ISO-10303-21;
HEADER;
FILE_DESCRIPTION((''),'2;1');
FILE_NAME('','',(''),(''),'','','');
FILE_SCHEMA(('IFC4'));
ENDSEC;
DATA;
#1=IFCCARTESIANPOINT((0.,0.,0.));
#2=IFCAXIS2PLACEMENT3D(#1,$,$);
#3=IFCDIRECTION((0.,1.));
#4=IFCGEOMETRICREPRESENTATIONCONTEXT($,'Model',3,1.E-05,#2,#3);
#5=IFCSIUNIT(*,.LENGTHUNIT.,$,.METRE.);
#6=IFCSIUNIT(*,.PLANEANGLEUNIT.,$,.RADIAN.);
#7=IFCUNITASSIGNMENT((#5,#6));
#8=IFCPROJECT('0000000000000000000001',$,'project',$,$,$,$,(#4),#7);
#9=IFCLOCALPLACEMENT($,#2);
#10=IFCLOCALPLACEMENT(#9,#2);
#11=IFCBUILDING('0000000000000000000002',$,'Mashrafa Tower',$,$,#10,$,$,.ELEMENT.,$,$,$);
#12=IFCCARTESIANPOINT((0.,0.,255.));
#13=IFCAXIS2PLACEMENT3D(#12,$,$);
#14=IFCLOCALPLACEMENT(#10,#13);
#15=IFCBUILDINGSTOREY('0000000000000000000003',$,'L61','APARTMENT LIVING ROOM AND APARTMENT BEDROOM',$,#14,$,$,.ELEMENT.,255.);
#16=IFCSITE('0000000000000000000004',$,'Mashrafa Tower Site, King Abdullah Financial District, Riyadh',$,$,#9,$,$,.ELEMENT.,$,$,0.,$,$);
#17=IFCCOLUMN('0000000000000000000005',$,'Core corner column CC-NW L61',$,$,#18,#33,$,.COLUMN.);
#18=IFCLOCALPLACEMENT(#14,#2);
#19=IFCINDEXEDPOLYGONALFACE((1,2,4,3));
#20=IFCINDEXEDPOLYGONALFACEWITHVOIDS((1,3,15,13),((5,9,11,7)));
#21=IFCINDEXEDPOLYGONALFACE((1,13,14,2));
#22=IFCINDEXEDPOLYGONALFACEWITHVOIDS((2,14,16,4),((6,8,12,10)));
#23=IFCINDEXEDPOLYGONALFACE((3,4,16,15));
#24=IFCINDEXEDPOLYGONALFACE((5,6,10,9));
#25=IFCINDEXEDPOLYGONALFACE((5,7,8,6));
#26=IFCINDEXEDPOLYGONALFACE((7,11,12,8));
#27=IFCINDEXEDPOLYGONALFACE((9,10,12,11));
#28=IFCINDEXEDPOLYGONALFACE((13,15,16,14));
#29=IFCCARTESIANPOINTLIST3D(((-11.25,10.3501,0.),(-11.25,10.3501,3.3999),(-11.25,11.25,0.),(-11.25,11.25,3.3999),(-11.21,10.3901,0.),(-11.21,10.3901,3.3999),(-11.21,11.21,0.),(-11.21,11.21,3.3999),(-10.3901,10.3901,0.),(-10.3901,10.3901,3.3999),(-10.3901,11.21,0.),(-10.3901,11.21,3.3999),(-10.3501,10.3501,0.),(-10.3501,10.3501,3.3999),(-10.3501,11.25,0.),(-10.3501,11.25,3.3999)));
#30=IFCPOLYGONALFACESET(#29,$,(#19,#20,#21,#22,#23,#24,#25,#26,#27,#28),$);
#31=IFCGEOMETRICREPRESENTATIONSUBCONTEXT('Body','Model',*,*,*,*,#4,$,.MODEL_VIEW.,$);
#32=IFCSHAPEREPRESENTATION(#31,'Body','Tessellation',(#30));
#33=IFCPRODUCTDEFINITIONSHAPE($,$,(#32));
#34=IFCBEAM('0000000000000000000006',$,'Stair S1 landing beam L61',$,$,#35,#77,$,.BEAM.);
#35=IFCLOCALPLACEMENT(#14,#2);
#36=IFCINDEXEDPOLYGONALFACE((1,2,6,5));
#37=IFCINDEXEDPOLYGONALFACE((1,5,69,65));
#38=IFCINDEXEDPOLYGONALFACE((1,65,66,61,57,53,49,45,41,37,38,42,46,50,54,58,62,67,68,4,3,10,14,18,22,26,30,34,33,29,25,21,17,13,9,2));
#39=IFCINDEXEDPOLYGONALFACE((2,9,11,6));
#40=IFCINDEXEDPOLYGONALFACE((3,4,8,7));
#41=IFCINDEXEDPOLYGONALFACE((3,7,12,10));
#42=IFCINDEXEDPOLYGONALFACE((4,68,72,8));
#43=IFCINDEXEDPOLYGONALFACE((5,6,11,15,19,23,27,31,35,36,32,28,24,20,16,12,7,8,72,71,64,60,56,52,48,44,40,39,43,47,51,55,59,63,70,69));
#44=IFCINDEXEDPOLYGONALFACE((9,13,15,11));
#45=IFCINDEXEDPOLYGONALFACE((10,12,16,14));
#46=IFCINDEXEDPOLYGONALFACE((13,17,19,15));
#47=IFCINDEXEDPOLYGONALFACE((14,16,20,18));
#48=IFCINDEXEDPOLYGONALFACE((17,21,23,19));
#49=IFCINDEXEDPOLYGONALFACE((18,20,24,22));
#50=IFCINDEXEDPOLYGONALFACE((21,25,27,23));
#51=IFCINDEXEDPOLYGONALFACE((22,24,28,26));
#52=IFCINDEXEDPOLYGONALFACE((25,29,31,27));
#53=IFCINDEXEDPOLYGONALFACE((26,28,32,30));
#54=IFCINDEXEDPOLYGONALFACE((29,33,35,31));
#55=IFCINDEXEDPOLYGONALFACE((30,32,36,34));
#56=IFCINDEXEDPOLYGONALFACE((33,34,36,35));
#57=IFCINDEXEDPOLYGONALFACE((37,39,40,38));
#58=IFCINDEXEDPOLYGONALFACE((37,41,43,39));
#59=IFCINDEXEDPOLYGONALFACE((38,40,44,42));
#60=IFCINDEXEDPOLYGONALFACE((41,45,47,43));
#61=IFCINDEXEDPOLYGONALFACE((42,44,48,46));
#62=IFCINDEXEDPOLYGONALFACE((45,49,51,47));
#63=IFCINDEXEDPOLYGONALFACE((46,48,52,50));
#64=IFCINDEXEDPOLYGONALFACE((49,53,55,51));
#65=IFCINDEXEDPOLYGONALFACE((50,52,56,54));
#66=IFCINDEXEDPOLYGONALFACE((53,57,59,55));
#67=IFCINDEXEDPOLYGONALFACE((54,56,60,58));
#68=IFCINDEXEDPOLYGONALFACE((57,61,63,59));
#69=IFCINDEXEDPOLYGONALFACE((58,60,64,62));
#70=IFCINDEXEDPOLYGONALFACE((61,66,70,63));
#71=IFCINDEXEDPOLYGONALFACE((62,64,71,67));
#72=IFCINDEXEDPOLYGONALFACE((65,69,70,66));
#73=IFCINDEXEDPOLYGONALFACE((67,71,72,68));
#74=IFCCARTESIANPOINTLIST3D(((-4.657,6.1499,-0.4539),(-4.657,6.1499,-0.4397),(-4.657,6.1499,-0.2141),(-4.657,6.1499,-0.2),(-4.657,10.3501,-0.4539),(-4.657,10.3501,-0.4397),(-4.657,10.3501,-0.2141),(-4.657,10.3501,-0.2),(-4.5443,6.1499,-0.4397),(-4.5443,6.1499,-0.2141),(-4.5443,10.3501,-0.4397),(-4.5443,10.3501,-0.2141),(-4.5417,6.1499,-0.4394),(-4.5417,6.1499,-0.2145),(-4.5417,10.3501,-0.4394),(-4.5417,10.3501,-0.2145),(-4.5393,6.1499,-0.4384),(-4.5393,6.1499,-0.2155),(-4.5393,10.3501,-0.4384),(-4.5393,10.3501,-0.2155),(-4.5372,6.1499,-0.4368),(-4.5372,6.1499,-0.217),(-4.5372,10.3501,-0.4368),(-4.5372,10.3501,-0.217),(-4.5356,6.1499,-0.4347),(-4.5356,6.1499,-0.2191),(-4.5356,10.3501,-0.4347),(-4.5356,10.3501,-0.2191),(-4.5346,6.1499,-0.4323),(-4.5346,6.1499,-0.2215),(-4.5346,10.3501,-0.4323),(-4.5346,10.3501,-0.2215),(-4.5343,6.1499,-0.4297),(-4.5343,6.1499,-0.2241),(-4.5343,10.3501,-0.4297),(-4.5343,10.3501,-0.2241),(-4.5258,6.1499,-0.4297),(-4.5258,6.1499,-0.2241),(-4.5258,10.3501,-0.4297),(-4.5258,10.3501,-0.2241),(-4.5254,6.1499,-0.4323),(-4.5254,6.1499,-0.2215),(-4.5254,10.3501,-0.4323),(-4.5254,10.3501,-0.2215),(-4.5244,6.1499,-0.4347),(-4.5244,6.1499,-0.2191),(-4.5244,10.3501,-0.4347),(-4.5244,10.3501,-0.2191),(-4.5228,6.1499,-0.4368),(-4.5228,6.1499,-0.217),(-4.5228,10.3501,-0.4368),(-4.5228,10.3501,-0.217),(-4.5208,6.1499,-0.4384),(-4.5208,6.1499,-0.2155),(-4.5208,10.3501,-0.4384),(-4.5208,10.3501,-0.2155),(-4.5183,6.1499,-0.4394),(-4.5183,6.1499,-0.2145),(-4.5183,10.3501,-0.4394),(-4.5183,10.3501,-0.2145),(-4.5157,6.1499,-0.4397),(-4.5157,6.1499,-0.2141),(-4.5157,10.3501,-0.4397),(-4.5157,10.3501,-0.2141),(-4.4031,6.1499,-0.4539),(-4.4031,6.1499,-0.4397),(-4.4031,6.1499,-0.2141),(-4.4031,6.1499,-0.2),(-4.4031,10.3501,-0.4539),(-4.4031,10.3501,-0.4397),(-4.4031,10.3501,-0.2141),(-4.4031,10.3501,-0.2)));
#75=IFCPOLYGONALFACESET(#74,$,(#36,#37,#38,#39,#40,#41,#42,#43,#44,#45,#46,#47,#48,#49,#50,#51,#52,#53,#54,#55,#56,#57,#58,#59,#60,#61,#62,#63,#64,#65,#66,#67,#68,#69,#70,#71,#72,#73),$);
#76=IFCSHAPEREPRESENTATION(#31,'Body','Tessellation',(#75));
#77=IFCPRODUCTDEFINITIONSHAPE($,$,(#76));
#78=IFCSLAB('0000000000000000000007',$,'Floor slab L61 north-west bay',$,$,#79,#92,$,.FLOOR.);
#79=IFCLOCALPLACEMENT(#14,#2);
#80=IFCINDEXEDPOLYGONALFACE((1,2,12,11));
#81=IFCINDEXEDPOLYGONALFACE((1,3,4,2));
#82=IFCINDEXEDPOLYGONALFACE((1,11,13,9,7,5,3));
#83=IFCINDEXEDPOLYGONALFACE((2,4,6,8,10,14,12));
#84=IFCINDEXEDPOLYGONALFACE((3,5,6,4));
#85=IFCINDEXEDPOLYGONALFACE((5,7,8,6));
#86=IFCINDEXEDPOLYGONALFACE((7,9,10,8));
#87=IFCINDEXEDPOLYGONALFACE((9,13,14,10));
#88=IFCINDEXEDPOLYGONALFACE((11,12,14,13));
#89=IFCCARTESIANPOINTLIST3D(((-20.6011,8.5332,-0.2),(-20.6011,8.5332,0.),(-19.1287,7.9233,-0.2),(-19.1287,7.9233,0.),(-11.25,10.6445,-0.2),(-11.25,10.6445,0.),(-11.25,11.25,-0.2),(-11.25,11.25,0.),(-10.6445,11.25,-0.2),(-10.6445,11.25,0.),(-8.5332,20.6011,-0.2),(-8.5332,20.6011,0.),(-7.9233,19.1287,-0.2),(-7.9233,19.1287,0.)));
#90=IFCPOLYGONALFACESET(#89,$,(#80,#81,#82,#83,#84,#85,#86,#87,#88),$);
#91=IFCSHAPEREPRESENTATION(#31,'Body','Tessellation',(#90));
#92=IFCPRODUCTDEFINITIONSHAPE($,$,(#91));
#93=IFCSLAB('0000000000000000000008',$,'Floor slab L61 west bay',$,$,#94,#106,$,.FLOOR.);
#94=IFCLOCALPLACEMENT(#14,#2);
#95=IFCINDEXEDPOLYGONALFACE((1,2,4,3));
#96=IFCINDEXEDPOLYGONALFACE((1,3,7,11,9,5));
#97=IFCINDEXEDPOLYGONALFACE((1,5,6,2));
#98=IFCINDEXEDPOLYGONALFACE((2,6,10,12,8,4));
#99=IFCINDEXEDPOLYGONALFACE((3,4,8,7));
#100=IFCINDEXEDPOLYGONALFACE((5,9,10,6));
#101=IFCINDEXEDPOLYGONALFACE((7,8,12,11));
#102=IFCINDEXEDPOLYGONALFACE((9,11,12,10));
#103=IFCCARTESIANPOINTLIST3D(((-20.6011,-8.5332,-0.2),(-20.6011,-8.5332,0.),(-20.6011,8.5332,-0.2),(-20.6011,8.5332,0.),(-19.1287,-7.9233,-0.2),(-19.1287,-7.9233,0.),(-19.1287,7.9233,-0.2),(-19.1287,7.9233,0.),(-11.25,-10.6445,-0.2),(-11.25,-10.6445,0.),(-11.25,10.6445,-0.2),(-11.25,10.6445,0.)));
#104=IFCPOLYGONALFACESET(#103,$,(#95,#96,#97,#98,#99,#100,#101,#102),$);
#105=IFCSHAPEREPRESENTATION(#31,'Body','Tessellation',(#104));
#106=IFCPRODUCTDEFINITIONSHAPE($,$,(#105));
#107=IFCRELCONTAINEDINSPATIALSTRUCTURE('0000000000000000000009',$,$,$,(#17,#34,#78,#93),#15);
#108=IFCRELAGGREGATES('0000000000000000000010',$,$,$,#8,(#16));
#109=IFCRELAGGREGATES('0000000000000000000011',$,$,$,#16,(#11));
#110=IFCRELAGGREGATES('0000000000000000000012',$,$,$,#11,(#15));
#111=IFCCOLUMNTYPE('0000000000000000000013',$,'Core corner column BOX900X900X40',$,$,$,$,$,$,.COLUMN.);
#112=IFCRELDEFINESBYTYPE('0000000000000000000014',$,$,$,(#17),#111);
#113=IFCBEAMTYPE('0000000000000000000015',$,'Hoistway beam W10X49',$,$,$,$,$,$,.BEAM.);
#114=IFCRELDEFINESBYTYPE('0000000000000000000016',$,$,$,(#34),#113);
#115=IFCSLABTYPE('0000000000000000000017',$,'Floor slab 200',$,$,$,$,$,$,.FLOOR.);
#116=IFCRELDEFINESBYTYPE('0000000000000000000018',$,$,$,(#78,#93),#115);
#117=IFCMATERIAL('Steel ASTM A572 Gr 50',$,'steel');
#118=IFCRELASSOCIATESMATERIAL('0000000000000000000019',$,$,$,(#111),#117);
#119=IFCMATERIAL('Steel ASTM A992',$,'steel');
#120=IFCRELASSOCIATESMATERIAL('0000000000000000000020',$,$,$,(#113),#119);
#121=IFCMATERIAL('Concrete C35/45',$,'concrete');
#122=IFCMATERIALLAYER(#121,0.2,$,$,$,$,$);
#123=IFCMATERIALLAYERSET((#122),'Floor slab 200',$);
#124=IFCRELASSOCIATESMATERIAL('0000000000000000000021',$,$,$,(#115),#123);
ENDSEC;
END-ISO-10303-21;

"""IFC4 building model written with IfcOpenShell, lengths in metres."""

from ifc_helpers import new_model, si_unit, direction, frame, origin, origin_2d, place, context, subcontext, project, spatial, polyline, hollow_rectangle, i_section, outline, extrude, material, layer, layer_set, material_profile, profile_set, type_object, element, save


model = new_model("IFC4")

# Units and contexts
model_context = context("Model", 3, precision=1e-05, world=origin(), true_north=direction((0.0, 1.0)))
body_context = subcontext(model_context, "Body", "Model", "MODEL_VIEW")
ifc_project = project(units=[si_unit("LENGTHUNIT", "METRE"), si_unit("PLANEANGLEUNIT", "RADIAN")], contexts=[model_context])

# Site, building, storey
site_placement = place(None, origin())
site = spatial("IfcSite", under=ifc_project, at=site_placement, Name="Mashrafa Tower Site, King Abdullah Financial District, Riyadh", CompositionType="ELEMENT", RefElevation=0.0)
building_placement = place(site_placement, origin())
building = spatial("IfcBuilding", under=site, at=building_placement, Name="Mashrafa Tower", CompositionType="ELEMENT")
storey_placement = place(building_placement, frame((0.0, 0.0, 255.0)))
storey = spatial("IfcBuildingStorey", under=building, at=storey_placement, Name="L61", Description="APARTMENT LIVING ROOM AND APARTMENT BEDROOM", CompositionType="ELEMENT", Elevation=255.0)

# Column
ifc_material_1 = material(Name="Steel ASTM A572 Gr 50", Category="steel")
ifc_material_profile_1 = material_profile(ifc_material_1, hollow_rectangle(XDim=0.8999, YDim=0.8999, WallThickness=0.04, at=origin_2d()), Name="BOX900X900X40")
ifc_profile_set_1 = profile_set([ifc_material_profile_1], Name="Steel ASTM A572 Gr 50")
column_type = type_object("IfcColumnType", Name="Core corner column BOX900X900X40", PredefinedType="COLUMN", material=ifc_profile_set_1)
column_placement = place(storey_placement, frame((-10.8, 10.8, 0.0), z_axis=(0.0, 0.0, 1.0), x_axis=(1.0, 0.0, 0.0)))
element("IfcColumn", 1, at=column_placement, inside=storey, type_object=column_type, Name="Core corner column CC-NW L61", PredefinedType="COLUMN", context=body_context, shape_type="SweptSolid", body=[
    extrude(hollow_rectangle(XDim=0.8999, YDim=0.8999, WallThickness=0.04, at=origin_2d()), origin(), (0.0, 0.0, 1.0), 3.3999),
])

# Beam
ifc_material_2 = material(Name="Steel ASTM A992", Category="steel")
ifc_material_profile_2 = material_profile(ifc_material_2, i_section(OverallWidth=0.2539, OverallDepth=0.2539, WebThickness=0.0085, FlangeThickness=0.0142, FilletRadius=0.01, at=origin_2d()), Name="W10X49")
ifc_profile_set_2 = profile_set([ifc_material_profile_2], Name="Steel ASTM A992")
beam_type = type_object("IfcBeamType", Name="Hoistway beam W10X49", PredefinedType="BEAM", material=ifc_profile_set_2)
beam_placement = place(storey_placement, frame((-4.53, 6.1499, -0.3269), z_axis=(0.0, 1.0, 0.0), x_axis=(-1.0, 0.0, 0.0)))
element("IfcBeam", 2, at=beam_placement, inside=storey, type_object=beam_type, Name="Stair S1 landing beam L61", PredefinedType="BEAM", context=body_context, shape_type="SweptSolid", body=[
    extrude(i_section(OverallWidth=0.2539, OverallDepth=0.2539, WebThickness=0.0085, FlangeThickness=0.0142, FilletRadius=0.01, at=origin_2d()), origin(), (0.0, 0.0, 1.0), 4.2002),
])

# Slabs
ifc_material_3 = material(Name="Concrete C35/45", Category="concrete")
ifc_layer_1 = layer(ifc_material_3, 0.2)
ifc_layer_set_1 = layer_set([ifc_layer_1], Name="Floor slab 200")
slab_type = type_object("IfcSlabType", Name="Floor slab 200", PredefinedType="FLOOR", material=ifc_layer_set_1)
slab_1_placement = place(storey_placement, frame((0.0, 0.0, -0.2)))
element("IfcSlab", 3, at=slab_1_placement, inside=storey, type_object=slab_type, Name="Floor slab L61 north-west bay", PredefinedType="FLOOR", context=body_context, shape_type="SweptSolid", body=[
    extrude(outline(polyline([(-20.6011, 8.5332), (-8.5332, 20.6011), (-8.5332, 20.6011), (-7.9233, 19.1287), (-10.6445, 11.25), (-11.25, 11.25), (-11.25, 10.6445), (-19.1287, 7.9233), (-20.6011, 8.5332), (-20.6011, 8.5332)])), origin(), (0.0, 0.0, 1.0), 0.2),
])
slab_2_placement = place(storey_placement, frame((0.0, 0.0, -0.2)))
element("IfcSlab", 4, at=slab_2_placement, inside=storey, type_object=slab_type, Name="Floor slab L61 west bay", PredefinedType="FLOOR", context=body_context, shape_type="SweptSolid", body=[
    extrude(outline(polyline([(-20.6011, 8.5332), (-19.1287, 7.9233), (-11.25, 10.6445), (-11.25, -10.6445), (-19.1287, -7.9233), (-20.6011, -8.5332), (-20.6011, 8.5332)])), origin(), (0.0, 0.0, 1.0), 0.2),
])

save(model, "model.ifc")
